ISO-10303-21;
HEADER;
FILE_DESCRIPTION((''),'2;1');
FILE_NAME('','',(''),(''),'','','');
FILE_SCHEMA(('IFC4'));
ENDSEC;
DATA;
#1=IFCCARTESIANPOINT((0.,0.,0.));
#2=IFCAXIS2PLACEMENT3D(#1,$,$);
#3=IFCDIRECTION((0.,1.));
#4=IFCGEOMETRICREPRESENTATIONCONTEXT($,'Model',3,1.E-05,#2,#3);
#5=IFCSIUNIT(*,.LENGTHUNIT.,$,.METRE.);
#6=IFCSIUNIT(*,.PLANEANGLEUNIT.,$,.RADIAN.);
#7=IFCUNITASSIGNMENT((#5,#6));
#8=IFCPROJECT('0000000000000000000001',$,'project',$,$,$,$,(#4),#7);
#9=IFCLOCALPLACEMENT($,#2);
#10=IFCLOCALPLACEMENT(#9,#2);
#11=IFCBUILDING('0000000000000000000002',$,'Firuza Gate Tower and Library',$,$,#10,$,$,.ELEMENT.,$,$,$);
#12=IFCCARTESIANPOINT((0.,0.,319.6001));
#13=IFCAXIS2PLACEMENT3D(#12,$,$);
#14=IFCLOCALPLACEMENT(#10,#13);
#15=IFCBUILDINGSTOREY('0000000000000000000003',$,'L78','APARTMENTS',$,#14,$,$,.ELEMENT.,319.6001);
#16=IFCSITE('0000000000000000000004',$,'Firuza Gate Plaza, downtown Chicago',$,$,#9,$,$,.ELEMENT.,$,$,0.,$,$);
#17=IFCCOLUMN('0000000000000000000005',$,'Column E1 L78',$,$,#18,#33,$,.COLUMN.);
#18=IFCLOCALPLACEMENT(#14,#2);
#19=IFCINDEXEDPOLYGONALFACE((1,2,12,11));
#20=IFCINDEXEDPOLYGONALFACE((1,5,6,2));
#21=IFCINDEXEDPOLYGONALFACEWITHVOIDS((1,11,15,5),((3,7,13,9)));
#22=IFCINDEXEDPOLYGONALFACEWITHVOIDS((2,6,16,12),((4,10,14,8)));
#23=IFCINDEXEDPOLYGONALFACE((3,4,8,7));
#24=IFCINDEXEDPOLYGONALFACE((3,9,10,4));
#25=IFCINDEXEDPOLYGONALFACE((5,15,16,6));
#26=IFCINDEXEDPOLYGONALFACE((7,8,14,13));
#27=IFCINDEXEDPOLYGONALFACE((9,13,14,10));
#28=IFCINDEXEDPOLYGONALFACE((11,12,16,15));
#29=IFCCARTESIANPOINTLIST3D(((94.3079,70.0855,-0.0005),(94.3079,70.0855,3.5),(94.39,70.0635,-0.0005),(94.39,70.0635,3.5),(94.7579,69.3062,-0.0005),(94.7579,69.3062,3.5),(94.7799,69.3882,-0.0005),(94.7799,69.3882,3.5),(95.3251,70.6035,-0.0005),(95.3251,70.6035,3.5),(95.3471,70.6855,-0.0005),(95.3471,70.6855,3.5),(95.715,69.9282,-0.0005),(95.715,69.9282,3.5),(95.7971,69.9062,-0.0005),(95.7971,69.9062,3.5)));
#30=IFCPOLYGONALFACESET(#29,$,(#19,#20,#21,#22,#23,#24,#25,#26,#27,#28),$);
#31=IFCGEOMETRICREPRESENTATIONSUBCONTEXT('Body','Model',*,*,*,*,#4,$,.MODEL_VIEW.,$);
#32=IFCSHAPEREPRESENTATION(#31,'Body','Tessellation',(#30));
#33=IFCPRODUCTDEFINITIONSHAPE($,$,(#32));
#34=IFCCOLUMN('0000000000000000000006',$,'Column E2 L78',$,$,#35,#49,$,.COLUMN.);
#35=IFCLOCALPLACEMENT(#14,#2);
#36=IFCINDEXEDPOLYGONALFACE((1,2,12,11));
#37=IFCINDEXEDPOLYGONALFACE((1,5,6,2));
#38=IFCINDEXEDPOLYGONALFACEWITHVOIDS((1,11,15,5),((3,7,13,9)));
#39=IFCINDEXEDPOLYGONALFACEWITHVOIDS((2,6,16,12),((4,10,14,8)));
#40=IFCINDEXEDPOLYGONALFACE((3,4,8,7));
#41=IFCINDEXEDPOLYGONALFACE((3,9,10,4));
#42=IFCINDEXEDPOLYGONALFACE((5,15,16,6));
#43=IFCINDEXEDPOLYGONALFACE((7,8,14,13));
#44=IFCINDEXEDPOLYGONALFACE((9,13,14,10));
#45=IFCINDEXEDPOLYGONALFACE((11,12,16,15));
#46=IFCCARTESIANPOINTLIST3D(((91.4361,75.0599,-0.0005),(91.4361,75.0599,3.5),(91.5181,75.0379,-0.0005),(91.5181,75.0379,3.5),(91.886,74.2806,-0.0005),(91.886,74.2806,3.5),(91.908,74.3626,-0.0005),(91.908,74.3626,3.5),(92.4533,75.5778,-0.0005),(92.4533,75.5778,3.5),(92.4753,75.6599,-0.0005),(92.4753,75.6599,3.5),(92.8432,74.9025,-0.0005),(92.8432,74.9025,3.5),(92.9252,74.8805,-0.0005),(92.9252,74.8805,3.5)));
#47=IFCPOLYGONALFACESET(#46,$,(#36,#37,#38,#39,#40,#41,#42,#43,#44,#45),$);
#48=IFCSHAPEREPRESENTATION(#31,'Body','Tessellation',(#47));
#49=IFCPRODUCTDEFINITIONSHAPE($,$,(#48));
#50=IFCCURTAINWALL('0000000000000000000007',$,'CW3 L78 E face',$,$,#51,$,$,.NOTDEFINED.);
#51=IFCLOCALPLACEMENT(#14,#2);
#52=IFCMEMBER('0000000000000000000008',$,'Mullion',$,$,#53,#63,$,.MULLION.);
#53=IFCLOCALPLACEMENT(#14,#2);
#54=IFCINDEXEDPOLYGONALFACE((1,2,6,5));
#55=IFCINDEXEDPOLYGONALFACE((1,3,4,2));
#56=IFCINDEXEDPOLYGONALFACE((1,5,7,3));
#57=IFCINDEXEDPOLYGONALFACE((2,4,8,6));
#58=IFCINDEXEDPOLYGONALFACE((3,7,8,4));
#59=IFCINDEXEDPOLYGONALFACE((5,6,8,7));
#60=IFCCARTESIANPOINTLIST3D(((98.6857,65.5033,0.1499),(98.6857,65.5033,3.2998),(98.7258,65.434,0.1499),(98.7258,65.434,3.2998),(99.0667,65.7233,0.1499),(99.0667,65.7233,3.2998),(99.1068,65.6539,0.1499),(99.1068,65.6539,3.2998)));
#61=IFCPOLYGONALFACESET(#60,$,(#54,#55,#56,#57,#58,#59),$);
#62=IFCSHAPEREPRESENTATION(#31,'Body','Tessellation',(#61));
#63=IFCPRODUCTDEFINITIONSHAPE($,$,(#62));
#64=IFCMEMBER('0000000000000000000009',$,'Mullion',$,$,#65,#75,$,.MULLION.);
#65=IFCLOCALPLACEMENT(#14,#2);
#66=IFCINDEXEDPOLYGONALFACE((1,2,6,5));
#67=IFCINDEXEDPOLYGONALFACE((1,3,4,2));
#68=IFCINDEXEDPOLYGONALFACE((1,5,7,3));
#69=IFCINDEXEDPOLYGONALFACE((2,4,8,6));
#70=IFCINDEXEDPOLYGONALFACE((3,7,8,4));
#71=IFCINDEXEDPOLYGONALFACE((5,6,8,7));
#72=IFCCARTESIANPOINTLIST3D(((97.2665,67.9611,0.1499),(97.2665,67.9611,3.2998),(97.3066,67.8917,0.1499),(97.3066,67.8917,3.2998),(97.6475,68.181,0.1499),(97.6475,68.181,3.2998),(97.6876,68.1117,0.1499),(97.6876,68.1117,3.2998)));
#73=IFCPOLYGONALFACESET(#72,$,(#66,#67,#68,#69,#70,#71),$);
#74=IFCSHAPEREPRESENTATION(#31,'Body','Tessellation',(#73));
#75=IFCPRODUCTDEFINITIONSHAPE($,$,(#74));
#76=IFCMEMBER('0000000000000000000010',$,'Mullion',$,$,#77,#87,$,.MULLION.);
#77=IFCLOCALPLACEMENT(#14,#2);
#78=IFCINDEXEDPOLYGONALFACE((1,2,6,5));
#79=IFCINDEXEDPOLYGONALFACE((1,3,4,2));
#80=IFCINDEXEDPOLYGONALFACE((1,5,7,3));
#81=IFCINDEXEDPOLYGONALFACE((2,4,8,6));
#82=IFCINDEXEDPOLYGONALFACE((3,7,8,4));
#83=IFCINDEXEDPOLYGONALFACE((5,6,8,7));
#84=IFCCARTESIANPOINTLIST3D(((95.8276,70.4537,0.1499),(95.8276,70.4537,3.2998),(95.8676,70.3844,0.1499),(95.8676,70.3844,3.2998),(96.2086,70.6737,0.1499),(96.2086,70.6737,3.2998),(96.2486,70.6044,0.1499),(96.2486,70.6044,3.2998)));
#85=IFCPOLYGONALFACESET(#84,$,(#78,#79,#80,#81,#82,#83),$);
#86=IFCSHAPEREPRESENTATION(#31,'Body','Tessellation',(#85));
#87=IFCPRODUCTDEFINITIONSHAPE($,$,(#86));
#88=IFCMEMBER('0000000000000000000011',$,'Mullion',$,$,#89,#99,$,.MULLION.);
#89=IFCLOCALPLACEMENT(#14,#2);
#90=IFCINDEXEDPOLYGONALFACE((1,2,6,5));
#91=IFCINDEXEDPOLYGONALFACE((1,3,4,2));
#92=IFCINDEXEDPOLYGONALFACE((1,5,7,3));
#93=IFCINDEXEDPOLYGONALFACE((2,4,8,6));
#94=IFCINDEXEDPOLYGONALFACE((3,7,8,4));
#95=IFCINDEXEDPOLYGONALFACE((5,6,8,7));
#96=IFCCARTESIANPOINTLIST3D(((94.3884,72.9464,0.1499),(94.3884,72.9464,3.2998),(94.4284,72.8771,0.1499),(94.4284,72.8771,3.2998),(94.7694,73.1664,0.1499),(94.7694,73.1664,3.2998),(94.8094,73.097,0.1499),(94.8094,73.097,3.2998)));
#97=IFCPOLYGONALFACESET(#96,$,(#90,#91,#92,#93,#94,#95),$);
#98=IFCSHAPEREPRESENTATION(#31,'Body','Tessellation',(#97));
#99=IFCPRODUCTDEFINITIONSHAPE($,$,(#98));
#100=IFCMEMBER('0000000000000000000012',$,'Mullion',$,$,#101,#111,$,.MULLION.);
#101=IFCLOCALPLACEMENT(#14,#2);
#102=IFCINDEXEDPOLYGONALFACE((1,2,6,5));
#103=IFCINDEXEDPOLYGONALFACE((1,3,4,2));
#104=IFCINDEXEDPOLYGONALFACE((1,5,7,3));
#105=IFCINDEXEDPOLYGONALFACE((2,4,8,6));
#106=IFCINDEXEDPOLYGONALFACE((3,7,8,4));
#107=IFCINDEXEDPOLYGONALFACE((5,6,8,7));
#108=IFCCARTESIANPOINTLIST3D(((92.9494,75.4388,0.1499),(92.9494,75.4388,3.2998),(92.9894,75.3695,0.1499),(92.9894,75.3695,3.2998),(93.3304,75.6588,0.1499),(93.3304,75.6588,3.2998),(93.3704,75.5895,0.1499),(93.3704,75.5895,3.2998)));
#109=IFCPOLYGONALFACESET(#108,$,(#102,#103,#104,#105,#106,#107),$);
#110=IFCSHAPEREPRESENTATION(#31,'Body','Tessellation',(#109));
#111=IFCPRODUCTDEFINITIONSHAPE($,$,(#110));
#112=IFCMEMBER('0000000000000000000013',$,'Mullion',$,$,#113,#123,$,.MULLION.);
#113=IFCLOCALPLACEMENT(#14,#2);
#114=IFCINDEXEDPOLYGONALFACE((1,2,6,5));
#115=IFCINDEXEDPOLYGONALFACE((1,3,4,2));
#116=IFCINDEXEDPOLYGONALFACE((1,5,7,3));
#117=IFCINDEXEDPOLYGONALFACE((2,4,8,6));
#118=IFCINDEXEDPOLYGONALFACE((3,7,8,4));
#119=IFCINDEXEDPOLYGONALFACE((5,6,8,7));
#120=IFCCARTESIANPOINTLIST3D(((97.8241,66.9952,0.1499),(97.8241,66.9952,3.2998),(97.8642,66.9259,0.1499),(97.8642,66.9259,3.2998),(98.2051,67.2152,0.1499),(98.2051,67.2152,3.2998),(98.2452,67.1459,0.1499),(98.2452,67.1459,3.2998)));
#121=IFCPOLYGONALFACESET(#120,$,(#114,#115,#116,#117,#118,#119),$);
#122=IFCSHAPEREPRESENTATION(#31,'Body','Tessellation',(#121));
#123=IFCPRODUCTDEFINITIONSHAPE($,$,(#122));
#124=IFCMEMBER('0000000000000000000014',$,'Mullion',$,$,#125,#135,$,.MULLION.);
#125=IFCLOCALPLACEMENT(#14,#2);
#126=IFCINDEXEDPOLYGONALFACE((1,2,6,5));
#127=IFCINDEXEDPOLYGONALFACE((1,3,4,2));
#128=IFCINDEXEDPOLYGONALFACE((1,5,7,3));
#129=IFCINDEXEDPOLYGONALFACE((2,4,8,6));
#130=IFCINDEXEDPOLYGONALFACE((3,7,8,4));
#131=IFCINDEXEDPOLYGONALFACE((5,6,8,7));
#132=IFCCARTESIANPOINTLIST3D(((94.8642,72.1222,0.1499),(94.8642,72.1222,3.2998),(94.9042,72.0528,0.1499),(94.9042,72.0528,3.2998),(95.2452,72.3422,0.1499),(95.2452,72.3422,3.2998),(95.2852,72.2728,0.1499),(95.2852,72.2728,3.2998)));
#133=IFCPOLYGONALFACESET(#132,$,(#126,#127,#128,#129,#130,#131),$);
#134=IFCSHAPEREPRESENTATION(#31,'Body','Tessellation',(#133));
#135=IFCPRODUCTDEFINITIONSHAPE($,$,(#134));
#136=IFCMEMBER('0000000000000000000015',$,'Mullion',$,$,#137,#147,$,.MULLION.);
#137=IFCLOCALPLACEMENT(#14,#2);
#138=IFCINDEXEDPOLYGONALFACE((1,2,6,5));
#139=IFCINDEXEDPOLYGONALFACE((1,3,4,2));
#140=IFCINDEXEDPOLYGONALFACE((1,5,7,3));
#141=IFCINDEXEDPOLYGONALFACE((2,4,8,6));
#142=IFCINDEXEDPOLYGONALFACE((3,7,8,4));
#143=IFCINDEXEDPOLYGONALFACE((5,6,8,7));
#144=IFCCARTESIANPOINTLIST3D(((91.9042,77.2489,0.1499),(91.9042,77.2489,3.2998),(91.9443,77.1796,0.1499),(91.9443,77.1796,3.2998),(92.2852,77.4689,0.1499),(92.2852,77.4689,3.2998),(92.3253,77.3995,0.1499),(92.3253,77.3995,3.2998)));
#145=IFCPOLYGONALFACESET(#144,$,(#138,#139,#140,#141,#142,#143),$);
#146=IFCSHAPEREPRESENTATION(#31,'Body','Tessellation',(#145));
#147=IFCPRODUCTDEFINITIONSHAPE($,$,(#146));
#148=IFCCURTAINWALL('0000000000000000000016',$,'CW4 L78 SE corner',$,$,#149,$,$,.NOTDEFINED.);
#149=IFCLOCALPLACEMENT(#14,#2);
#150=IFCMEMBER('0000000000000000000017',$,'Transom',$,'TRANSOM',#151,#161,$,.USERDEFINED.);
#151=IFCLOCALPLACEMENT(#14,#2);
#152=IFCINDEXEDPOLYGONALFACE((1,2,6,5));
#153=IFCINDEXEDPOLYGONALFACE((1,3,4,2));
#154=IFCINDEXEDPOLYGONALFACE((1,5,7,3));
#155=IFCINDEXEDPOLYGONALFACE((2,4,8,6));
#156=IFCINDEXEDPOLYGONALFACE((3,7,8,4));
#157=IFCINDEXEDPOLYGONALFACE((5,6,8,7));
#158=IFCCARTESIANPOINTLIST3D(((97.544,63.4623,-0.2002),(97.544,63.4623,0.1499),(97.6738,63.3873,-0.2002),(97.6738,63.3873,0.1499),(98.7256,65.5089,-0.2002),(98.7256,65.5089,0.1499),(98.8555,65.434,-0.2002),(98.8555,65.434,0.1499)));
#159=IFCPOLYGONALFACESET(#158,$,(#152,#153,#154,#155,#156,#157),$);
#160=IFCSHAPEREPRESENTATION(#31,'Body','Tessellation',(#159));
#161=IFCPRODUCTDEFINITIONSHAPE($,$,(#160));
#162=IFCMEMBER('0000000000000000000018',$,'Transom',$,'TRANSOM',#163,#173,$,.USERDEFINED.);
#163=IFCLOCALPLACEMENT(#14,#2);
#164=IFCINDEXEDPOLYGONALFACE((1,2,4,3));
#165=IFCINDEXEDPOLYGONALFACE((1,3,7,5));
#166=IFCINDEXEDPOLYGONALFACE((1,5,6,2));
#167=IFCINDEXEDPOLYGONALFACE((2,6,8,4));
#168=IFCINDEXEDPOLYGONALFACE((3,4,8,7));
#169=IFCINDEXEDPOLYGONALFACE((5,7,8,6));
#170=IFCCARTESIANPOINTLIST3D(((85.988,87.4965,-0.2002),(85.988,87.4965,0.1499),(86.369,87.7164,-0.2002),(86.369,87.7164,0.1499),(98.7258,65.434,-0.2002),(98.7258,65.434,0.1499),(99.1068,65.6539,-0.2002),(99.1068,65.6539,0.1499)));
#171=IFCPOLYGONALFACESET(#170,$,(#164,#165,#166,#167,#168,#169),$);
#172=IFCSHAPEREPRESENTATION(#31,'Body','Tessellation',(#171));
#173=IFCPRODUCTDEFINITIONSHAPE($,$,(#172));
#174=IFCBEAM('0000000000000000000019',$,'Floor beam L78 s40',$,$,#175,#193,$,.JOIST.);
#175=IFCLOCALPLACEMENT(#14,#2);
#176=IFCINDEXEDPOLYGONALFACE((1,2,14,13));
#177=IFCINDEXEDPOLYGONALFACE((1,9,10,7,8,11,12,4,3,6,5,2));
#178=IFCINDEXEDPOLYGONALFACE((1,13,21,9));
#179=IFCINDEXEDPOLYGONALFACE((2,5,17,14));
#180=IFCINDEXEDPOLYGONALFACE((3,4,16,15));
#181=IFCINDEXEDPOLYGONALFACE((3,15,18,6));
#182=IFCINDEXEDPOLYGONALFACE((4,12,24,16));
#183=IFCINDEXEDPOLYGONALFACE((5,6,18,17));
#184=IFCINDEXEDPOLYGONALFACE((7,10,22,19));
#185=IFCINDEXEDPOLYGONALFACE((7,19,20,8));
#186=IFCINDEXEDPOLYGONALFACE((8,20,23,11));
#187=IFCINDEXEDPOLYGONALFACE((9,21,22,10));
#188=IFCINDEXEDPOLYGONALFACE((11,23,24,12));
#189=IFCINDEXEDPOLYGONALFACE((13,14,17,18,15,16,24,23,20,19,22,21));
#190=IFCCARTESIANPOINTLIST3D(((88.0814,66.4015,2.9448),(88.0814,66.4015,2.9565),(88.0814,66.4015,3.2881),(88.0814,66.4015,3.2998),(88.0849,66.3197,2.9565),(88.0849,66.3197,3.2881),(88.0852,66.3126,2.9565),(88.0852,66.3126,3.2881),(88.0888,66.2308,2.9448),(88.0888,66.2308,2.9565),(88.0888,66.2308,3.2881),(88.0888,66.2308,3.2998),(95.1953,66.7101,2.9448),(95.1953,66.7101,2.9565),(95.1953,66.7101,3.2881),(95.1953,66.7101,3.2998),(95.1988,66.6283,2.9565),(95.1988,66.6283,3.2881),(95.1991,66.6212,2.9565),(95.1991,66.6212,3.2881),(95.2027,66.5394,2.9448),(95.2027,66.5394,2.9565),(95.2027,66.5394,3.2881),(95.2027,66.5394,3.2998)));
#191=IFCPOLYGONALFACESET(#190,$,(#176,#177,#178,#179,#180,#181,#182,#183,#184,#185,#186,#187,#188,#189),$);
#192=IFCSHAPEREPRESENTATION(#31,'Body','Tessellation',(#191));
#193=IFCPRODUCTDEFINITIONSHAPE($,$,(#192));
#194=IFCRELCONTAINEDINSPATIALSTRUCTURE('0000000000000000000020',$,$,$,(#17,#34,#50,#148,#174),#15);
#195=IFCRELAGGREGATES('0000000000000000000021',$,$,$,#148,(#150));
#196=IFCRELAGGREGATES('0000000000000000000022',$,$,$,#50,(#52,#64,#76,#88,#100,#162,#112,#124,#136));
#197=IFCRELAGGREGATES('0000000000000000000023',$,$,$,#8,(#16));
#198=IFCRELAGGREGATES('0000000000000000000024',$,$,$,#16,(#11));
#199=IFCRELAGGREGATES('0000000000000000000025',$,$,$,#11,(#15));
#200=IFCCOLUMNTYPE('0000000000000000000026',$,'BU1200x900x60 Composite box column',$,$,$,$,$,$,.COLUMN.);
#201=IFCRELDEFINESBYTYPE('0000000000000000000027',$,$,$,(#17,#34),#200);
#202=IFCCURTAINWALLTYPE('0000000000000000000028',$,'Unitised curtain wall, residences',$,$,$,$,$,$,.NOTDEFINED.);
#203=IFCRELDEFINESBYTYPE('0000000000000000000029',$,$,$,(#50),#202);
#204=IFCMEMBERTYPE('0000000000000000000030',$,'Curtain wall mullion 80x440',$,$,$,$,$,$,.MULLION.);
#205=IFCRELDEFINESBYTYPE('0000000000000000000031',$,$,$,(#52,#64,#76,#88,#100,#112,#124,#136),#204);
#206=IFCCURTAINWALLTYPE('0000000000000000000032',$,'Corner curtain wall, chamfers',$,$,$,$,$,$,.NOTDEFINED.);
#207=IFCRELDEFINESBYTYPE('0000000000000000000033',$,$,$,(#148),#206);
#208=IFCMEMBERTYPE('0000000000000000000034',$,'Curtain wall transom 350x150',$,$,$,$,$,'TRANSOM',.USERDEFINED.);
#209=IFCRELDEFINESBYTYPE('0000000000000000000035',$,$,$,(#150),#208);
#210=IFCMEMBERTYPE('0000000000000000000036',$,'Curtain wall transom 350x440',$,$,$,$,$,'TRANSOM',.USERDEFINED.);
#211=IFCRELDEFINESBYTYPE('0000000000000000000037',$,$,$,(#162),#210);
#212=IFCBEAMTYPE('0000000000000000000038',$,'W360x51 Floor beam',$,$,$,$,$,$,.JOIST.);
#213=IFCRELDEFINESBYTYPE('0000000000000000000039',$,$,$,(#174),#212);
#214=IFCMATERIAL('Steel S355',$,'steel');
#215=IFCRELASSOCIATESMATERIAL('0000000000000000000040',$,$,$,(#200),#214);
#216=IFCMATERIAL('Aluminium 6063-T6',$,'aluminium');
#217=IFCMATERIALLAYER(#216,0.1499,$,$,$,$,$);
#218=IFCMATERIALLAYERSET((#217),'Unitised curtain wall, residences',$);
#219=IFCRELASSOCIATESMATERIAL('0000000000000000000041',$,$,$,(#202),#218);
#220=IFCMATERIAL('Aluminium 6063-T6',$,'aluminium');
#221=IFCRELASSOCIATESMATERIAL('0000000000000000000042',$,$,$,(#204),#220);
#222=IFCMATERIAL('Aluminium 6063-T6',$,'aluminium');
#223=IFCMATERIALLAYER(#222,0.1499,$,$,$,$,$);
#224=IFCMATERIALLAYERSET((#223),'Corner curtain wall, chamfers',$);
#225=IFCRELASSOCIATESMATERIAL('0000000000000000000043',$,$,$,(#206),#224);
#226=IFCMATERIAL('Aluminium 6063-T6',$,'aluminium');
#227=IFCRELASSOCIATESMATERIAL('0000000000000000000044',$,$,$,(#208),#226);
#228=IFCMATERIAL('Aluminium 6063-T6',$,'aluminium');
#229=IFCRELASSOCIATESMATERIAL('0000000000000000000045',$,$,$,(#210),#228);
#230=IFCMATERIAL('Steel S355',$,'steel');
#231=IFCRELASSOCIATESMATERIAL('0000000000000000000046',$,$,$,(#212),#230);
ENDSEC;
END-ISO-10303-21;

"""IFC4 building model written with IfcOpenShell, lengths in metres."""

from ifc_helpers import new_model, si_unit, direction, frame, origin, origin_2d, place, context, subcontext, project, spatial, rectangle, hollow_rectangle, i_section, extrude, material, layer, layer_set, material_profile, profile_set, type_object, element, aggregate, save


model = new_model("IFC4")

# Units and contexts
model_context = context("Model", 3, precision=1e-05, world=origin(), true_north=direction((0.0, 1.0)))
body_context = subcontext(model_context, "Body", "Model", "MODEL_VIEW")
ifc_project = project(units=[si_unit("LENGTHUNIT", "METRE"), si_unit("PLANEANGLEUNIT", "RADIAN")], contexts=[model_context])

# Site, building, storey
site_placement = place(None, origin())
site = spatial("IfcSite", under=ifc_project, at=site_placement, Name="Firuza Gate Plaza, downtown Chicago", CompositionType="ELEMENT", RefElevation=0.0)
building_placement = place(site_placement, origin())
building = spatial("IfcBuilding", under=site, at=building_placement, Name="Firuza Gate Tower and Library", CompositionType="ELEMENT")
storey_placement = place(building_placement, frame((0.0, 0.0, 319.6001)))
storey = spatial("IfcBuildingStorey", under=building, at=storey_placement, Name="L78", Description="APARTMENTS", CompositionType="ELEMENT", Elevation=319.6001)

# Columns
ifc_material_1 = material(Name="Steel S355", Category="steel")
ifc_material_profile_1 = material_profile(ifc_material_1, hollow_rectangle(XDim=0.8999, YDim=1.2, WallThickness=0.0601, at=origin_2d()))
ifc_profile_set_1 = profile_set([ifc_material_profile_1], Name="Steel S355")
column_type = type_object("IfcColumnType", Name="BU1200x900x60 Composite box column", PredefinedType="COLUMN", material=ifc_profile_set_1)
for number, where, z_axis, x_axis, name in (
    (1, (95.0525, 69.9958, -0.0005), (0.0, 0.0, 1.0), (-0.5, 0.866025, 0.0), "Column E1 L78"),
    (2, (92.1807, 74.9702, -0.0005), (0.0, 0.0, 1.0), (-0.5, 0.866025, 0.0), "Column E2 L78"),
):
    element("IfcColumn", number, at=place(storey_placement, frame(where, z_axis=z_axis, x_axis=x_axis)), inside=storey, type_object=column_type, Name=name, PredefinedType="COLUMN", context=body_context, shape_type="SweptSolid", body=[
        extrude(hollow_rectangle(XDim=0.8999, YDim=1.2, WallThickness=0.0601, at=origin_2d()), origin(), (0.0, 0.0, 1.0), 3.5005),
    ])

# Curtain wall, members
ifc_material_2 = material(Name="Aluminium 6063-T6", Category="aluminium")
ifc_layer_1 = layer(ifc_material_2, 0.1499)
ifc_layer_set_1 = layer_set([ifc_layer_1], Name="Unitised curtain wall, residences")
curtain_wall_type_1 = type_object("IfcCurtainWallType", Name="Unitised curtain wall, residences", PredefinedType="NOTDEFINED", material=ifc_layer_set_1)
placement = place(storey_placement, origin())
curtain_wall_1 = element("IfcCurtainWall", 3, at=placement, inside=storey, type_object=curtain_wall_type_1, Name="CW3 L78 E face", PredefinedType="NOTDEFINED")
ifc_material_3 = material(Name="Aluminium 6063-T6", Category="aluminium")
ifc_material_profile_2 = material_profile(ifc_material_3, rectangle(XDim=0.4399, YDim=0.0801, at=origin_2d()))
ifc_profile_set_2 = profile_set([ifc_material_profile_2], Name="Aluminium 6063-T6")
member_type_1 = type_object("IfcMemberType", Name="Curtain wall mullion 80x440", PredefinedType="MULLION", material=ifc_profile_set_2)
member_1_placement = place(storey_placement, frame((98.8962, 65.5786, 0.1499), z_axis=(0.0, 0.0, 1.0), x_axis=(-0.866025, -0.5, 0.0)))
member_1 = element("IfcMember", 4, at=member_1_placement, type_object=member_type_1, Name="Mullion", PredefinedType="MULLION", context=body_context, shape_type="SweptSolid", body=[
    extrude(rectangle(XDim=0.4399, YDim=0.0801, at=origin_2d()), origin(), (0.0, 0.0, 1.0), 3.1499),
])
member_2_placement = place(storey_placement, frame((97.4771, 68.0364, 0.1499), z_axis=(0.0, 0.0, 1.0), x_axis=(-0.866025, -0.5, 0.0)))
member_2 = element("IfcMember", 5, at=member_2_placement, type_object=member_type_1, Name="Mullion", PredefinedType="MULLION", context=body_context, shape_type="SweptSolid", body=[
    extrude(rectangle(XDim=0.4399, YDim=0.0801, at=origin_2d()), origin(), (0.0, 0.0, 1.0), 3.1499),
])
member_3_placement = place(storey_placement, frame((96.0381, 70.5291, 0.1499), z_axis=(0.0, 0.0, 1.0), x_axis=(-0.866025, -0.5, 0.0)))
member_3 = element("IfcMember", 6, at=member_3_placement, type_object=member_type_1, Name="Mullion", PredefinedType="MULLION", context=body_context, shape_type="SweptSolid", body=[
    extrude(rectangle(XDim=0.4399, YDim=0.0801, at=origin_2d()), origin(), (0.0, 0.0, 1.0), 3.1499),
])
member_4_placement = place(storey_placement, frame((94.5989, 73.0217, 0.1499), z_axis=(0.0, 0.0, 1.0), x_axis=(-0.866025, -0.5, 0.0)))
member_4 = element("IfcMember", 7, at=member_4_placement, type_object=member_type_1, Name="Mullion", PredefinedType="MULLION", context=body_context, shape_type="SweptSolid", body=[
    extrude(rectangle(XDim=0.4399, YDim=0.0801, at=origin_2d()), origin(), (0.0, 0.0, 1.0), 3.1499),
])
member_5_placement = place(storey_placement, frame((93.1599, 75.5142, 0.1499), z_axis=(0.0, 0.0, 1.0), x_axis=(-0.866025, -0.5, 0.0)))
member_5 = element("IfcMember", 8, at=member_5_placement, type_object=member_type_1, Name="Mullion", PredefinedType="MULLION", context=body_context, shape_type="SweptSolid", body=[
    extrude(rectangle(XDim=0.4399, YDim=0.0801, at=origin_2d()), origin(), (0.0, 0.0, 1.0), 3.1499),
])
member_6_placement = place(storey_placement, frame((98.0347, 67.0706, 0.1499), z_axis=(0.0, 0.0, 1.0), x_axis=(-0.866025, -0.5, 0.0)))
member_6 = element("IfcMember", 9, at=member_6_placement, type_object=member_type_1, Name="Mullion", PredefinedType="MULLION", context=body_context, shape_type="SweptSolid", body=[
    extrude(rectangle(XDim=0.4399, YDim=0.0801, at=origin_2d()), origin(), (0.0, 0.0, 1.0), 3.1499),
])
member_7_placement = place(storey_placement, frame((95.0747, 72.1975, 0.1499), z_axis=(0.0, 0.0, 1.0), x_axis=(-0.866025, -0.5, 0.0)))
member_7 = element("IfcMember", 10, at=member_7_placement, type_object=member_type_1, Name="Mullion", PredefinedType="MULLION", context=body_context, shape_type="SweptSolid", body=[
    extrude(rectangle(XDim=0.4399, YDim=0.0801, at=origin_2d()), origin(), (0.0, 0.0, 1.0), 3.1499),
])
member_8_placement = place(storey_placement, frame((92.1147, 77.3242, 0.1499), z_axis=(0.0, 0.0, 1.0), x_axis=(-0.866025, -0.5, 0.0)))
member_8 = element("IfcMember", 11, at=member_8_placement, type_object=member_type_1, Name="Mullion", PredefinedType="MULLION", context=body_context, shape_type="SweptSolid", body=[
    extrude(rectangle(XDim=0.4399, YDim=0.0801, at=origin_2d()), origin(), (0.0, 0.0, 1.0), 3.1499),
])

# Curtain wall, member
ifc_material_4 = material(Name="Aluminium 6063-T6", Category="aluminium")
ifc_layer_2 = layer(ifc_material_4, 0.1499)
ifc_layer_set_2 = layer_set([ifc_layer_2], Name="Corner curtain wall, chamfers")
curtain_wall_type_2 = type_object("IfcCurtainWallType", Name="Corner curtain wall, chamfers", PredefinedType="NOTDEFINED", material=ifc_layer_set_2)
curtain_wall_2 = element("IfcCurtainWall", 12, at=placement, inside=storey, type_object=curtain_wall_type_2, Name="CW4 L78 SE corner", PredefinedType="NOTDEFINED")
ifc_material_5 = material(Name="Aluminium 6063-T6", Category="aluminium")
ifc_material_profile_3 = material_profile(ifc_material_5, rectangle(XDim=0.1499, YDim=0.3501, at=origin_2d()))
ifc_profile_set_3 = profile_set([ifc_material_profile_3], Name="Aluminium 6063-T6")
member_type_2 = type_object("IfcMemberType", Name="Curtain wall transom 350x150", ElementType="TRANSOM", PredefinedType="USERDEFINED", material=ifc_profile_set_3)
member_9_placement = place(storey_placement, frame((97.6089, 63.4248, -0.0251), z_axis=(0.500006, 0.866022, 0.0), x_axis=(-0.866022, 0.500006, 0.0)))
member_9 = element("IfcMember", 13, at=member_9_placement, type_object=member_type_2, Name="Transom", ObjectType="TRANSOM", PredefinedType="USERDEFINED", context=body_context, shape_type="SweptSolid", body=[
    extrude(rectangle(XDim=0.1499, YDim=0.3501, at=origin_2d()), origin(), (0.0, 0.0, 1.0), 2.3633),
])
aggregate(curtain_wall_2, [member_9])

# Member
ifc_material_6 = material(Name="Aluminium 6063-T6", Category="aluminium")
ifc_material_profile_4 = material_profile(ifc_material_6, rectangle(XDim=0.4399, YDim=0.3501, at=origin_2d()))
ifc_profile_set_4 = profile_set([ifc_material_profile_4], Name="Aluminium 6063-T6")
member_type_3 = type_object("IfcMemberType", Name="Curtain wall transom 350x440", ElementType="TRANSOM", PredefinedType="USERDEFINED", material=ifc_profile_set_4)
member_10_placement = place(storey_placement, frame((98.9163, 65.5439, -0.0251), z_axis=(-0.5, 0.866025, 0.0), x_axis=(-0.866025, -0.5, 0.0)))
member_10 = element("IfcMember", 14, at=member_10_placement, type_object=member_type_3, Name="Transom", ObjectType="TRANSOM", PredefinedType="USERDEFINED", context=body_context, shape_type="SweptSolid", body=[
    extrude(rectangle(XDim=0.4399, YDim=0.3501, at=origin_2d()), origin(), (0.0, 0.0, 1.0), 25.4756),
])

# Beam
ifc_material_7 = material(Name="Steel S355", Category="steel")
ifc_material_profile_5 = material_profile(ifc_material_7, i_section(OverallWidth=0.1709, OverallDepth=0.355, WebThickness=0.0071, FlangeThickness=0.0117, at=origin_2d()))
ifc_profile_set_5 = profile_set([ifc_material_profile_5], Name="Steel S355")
beam_type_1 = type_object("IfcBeamType", Name="W360x51 Floor beam", PredefinedType="JOIST", material=ifc_profile_set_5)
beam_1_placement = place(storey_placement, frame((95.199, 66.6248, 3.1223), z_axis=(-0.99906, -0.043338, 0.0), x_axis=(0.043338, -0.99906, 0.0)))
element("IfcBeam", 15, at=beam_1_placement, inside=storey, type_object=beam_type_1, Name="Floor beam L78 s40", PredefinedType="JOIST", context=body_context, shape_type="SweptSolid", body=[
    extrude(i_section(OverallWidth=0.1709, OverallDepth=0.355, WebThickness=0.0071, FlangeThickness=0.0117, at=origin_2d()), origin(), (0.0, 0.0, 1.0), 7.1206),
])

aggregate(curtain_wall_1, [member_1, member_2, member_3, member_4, member_5, member_10, member_6, member_7, member_8])

save(model, "model.ifc")
